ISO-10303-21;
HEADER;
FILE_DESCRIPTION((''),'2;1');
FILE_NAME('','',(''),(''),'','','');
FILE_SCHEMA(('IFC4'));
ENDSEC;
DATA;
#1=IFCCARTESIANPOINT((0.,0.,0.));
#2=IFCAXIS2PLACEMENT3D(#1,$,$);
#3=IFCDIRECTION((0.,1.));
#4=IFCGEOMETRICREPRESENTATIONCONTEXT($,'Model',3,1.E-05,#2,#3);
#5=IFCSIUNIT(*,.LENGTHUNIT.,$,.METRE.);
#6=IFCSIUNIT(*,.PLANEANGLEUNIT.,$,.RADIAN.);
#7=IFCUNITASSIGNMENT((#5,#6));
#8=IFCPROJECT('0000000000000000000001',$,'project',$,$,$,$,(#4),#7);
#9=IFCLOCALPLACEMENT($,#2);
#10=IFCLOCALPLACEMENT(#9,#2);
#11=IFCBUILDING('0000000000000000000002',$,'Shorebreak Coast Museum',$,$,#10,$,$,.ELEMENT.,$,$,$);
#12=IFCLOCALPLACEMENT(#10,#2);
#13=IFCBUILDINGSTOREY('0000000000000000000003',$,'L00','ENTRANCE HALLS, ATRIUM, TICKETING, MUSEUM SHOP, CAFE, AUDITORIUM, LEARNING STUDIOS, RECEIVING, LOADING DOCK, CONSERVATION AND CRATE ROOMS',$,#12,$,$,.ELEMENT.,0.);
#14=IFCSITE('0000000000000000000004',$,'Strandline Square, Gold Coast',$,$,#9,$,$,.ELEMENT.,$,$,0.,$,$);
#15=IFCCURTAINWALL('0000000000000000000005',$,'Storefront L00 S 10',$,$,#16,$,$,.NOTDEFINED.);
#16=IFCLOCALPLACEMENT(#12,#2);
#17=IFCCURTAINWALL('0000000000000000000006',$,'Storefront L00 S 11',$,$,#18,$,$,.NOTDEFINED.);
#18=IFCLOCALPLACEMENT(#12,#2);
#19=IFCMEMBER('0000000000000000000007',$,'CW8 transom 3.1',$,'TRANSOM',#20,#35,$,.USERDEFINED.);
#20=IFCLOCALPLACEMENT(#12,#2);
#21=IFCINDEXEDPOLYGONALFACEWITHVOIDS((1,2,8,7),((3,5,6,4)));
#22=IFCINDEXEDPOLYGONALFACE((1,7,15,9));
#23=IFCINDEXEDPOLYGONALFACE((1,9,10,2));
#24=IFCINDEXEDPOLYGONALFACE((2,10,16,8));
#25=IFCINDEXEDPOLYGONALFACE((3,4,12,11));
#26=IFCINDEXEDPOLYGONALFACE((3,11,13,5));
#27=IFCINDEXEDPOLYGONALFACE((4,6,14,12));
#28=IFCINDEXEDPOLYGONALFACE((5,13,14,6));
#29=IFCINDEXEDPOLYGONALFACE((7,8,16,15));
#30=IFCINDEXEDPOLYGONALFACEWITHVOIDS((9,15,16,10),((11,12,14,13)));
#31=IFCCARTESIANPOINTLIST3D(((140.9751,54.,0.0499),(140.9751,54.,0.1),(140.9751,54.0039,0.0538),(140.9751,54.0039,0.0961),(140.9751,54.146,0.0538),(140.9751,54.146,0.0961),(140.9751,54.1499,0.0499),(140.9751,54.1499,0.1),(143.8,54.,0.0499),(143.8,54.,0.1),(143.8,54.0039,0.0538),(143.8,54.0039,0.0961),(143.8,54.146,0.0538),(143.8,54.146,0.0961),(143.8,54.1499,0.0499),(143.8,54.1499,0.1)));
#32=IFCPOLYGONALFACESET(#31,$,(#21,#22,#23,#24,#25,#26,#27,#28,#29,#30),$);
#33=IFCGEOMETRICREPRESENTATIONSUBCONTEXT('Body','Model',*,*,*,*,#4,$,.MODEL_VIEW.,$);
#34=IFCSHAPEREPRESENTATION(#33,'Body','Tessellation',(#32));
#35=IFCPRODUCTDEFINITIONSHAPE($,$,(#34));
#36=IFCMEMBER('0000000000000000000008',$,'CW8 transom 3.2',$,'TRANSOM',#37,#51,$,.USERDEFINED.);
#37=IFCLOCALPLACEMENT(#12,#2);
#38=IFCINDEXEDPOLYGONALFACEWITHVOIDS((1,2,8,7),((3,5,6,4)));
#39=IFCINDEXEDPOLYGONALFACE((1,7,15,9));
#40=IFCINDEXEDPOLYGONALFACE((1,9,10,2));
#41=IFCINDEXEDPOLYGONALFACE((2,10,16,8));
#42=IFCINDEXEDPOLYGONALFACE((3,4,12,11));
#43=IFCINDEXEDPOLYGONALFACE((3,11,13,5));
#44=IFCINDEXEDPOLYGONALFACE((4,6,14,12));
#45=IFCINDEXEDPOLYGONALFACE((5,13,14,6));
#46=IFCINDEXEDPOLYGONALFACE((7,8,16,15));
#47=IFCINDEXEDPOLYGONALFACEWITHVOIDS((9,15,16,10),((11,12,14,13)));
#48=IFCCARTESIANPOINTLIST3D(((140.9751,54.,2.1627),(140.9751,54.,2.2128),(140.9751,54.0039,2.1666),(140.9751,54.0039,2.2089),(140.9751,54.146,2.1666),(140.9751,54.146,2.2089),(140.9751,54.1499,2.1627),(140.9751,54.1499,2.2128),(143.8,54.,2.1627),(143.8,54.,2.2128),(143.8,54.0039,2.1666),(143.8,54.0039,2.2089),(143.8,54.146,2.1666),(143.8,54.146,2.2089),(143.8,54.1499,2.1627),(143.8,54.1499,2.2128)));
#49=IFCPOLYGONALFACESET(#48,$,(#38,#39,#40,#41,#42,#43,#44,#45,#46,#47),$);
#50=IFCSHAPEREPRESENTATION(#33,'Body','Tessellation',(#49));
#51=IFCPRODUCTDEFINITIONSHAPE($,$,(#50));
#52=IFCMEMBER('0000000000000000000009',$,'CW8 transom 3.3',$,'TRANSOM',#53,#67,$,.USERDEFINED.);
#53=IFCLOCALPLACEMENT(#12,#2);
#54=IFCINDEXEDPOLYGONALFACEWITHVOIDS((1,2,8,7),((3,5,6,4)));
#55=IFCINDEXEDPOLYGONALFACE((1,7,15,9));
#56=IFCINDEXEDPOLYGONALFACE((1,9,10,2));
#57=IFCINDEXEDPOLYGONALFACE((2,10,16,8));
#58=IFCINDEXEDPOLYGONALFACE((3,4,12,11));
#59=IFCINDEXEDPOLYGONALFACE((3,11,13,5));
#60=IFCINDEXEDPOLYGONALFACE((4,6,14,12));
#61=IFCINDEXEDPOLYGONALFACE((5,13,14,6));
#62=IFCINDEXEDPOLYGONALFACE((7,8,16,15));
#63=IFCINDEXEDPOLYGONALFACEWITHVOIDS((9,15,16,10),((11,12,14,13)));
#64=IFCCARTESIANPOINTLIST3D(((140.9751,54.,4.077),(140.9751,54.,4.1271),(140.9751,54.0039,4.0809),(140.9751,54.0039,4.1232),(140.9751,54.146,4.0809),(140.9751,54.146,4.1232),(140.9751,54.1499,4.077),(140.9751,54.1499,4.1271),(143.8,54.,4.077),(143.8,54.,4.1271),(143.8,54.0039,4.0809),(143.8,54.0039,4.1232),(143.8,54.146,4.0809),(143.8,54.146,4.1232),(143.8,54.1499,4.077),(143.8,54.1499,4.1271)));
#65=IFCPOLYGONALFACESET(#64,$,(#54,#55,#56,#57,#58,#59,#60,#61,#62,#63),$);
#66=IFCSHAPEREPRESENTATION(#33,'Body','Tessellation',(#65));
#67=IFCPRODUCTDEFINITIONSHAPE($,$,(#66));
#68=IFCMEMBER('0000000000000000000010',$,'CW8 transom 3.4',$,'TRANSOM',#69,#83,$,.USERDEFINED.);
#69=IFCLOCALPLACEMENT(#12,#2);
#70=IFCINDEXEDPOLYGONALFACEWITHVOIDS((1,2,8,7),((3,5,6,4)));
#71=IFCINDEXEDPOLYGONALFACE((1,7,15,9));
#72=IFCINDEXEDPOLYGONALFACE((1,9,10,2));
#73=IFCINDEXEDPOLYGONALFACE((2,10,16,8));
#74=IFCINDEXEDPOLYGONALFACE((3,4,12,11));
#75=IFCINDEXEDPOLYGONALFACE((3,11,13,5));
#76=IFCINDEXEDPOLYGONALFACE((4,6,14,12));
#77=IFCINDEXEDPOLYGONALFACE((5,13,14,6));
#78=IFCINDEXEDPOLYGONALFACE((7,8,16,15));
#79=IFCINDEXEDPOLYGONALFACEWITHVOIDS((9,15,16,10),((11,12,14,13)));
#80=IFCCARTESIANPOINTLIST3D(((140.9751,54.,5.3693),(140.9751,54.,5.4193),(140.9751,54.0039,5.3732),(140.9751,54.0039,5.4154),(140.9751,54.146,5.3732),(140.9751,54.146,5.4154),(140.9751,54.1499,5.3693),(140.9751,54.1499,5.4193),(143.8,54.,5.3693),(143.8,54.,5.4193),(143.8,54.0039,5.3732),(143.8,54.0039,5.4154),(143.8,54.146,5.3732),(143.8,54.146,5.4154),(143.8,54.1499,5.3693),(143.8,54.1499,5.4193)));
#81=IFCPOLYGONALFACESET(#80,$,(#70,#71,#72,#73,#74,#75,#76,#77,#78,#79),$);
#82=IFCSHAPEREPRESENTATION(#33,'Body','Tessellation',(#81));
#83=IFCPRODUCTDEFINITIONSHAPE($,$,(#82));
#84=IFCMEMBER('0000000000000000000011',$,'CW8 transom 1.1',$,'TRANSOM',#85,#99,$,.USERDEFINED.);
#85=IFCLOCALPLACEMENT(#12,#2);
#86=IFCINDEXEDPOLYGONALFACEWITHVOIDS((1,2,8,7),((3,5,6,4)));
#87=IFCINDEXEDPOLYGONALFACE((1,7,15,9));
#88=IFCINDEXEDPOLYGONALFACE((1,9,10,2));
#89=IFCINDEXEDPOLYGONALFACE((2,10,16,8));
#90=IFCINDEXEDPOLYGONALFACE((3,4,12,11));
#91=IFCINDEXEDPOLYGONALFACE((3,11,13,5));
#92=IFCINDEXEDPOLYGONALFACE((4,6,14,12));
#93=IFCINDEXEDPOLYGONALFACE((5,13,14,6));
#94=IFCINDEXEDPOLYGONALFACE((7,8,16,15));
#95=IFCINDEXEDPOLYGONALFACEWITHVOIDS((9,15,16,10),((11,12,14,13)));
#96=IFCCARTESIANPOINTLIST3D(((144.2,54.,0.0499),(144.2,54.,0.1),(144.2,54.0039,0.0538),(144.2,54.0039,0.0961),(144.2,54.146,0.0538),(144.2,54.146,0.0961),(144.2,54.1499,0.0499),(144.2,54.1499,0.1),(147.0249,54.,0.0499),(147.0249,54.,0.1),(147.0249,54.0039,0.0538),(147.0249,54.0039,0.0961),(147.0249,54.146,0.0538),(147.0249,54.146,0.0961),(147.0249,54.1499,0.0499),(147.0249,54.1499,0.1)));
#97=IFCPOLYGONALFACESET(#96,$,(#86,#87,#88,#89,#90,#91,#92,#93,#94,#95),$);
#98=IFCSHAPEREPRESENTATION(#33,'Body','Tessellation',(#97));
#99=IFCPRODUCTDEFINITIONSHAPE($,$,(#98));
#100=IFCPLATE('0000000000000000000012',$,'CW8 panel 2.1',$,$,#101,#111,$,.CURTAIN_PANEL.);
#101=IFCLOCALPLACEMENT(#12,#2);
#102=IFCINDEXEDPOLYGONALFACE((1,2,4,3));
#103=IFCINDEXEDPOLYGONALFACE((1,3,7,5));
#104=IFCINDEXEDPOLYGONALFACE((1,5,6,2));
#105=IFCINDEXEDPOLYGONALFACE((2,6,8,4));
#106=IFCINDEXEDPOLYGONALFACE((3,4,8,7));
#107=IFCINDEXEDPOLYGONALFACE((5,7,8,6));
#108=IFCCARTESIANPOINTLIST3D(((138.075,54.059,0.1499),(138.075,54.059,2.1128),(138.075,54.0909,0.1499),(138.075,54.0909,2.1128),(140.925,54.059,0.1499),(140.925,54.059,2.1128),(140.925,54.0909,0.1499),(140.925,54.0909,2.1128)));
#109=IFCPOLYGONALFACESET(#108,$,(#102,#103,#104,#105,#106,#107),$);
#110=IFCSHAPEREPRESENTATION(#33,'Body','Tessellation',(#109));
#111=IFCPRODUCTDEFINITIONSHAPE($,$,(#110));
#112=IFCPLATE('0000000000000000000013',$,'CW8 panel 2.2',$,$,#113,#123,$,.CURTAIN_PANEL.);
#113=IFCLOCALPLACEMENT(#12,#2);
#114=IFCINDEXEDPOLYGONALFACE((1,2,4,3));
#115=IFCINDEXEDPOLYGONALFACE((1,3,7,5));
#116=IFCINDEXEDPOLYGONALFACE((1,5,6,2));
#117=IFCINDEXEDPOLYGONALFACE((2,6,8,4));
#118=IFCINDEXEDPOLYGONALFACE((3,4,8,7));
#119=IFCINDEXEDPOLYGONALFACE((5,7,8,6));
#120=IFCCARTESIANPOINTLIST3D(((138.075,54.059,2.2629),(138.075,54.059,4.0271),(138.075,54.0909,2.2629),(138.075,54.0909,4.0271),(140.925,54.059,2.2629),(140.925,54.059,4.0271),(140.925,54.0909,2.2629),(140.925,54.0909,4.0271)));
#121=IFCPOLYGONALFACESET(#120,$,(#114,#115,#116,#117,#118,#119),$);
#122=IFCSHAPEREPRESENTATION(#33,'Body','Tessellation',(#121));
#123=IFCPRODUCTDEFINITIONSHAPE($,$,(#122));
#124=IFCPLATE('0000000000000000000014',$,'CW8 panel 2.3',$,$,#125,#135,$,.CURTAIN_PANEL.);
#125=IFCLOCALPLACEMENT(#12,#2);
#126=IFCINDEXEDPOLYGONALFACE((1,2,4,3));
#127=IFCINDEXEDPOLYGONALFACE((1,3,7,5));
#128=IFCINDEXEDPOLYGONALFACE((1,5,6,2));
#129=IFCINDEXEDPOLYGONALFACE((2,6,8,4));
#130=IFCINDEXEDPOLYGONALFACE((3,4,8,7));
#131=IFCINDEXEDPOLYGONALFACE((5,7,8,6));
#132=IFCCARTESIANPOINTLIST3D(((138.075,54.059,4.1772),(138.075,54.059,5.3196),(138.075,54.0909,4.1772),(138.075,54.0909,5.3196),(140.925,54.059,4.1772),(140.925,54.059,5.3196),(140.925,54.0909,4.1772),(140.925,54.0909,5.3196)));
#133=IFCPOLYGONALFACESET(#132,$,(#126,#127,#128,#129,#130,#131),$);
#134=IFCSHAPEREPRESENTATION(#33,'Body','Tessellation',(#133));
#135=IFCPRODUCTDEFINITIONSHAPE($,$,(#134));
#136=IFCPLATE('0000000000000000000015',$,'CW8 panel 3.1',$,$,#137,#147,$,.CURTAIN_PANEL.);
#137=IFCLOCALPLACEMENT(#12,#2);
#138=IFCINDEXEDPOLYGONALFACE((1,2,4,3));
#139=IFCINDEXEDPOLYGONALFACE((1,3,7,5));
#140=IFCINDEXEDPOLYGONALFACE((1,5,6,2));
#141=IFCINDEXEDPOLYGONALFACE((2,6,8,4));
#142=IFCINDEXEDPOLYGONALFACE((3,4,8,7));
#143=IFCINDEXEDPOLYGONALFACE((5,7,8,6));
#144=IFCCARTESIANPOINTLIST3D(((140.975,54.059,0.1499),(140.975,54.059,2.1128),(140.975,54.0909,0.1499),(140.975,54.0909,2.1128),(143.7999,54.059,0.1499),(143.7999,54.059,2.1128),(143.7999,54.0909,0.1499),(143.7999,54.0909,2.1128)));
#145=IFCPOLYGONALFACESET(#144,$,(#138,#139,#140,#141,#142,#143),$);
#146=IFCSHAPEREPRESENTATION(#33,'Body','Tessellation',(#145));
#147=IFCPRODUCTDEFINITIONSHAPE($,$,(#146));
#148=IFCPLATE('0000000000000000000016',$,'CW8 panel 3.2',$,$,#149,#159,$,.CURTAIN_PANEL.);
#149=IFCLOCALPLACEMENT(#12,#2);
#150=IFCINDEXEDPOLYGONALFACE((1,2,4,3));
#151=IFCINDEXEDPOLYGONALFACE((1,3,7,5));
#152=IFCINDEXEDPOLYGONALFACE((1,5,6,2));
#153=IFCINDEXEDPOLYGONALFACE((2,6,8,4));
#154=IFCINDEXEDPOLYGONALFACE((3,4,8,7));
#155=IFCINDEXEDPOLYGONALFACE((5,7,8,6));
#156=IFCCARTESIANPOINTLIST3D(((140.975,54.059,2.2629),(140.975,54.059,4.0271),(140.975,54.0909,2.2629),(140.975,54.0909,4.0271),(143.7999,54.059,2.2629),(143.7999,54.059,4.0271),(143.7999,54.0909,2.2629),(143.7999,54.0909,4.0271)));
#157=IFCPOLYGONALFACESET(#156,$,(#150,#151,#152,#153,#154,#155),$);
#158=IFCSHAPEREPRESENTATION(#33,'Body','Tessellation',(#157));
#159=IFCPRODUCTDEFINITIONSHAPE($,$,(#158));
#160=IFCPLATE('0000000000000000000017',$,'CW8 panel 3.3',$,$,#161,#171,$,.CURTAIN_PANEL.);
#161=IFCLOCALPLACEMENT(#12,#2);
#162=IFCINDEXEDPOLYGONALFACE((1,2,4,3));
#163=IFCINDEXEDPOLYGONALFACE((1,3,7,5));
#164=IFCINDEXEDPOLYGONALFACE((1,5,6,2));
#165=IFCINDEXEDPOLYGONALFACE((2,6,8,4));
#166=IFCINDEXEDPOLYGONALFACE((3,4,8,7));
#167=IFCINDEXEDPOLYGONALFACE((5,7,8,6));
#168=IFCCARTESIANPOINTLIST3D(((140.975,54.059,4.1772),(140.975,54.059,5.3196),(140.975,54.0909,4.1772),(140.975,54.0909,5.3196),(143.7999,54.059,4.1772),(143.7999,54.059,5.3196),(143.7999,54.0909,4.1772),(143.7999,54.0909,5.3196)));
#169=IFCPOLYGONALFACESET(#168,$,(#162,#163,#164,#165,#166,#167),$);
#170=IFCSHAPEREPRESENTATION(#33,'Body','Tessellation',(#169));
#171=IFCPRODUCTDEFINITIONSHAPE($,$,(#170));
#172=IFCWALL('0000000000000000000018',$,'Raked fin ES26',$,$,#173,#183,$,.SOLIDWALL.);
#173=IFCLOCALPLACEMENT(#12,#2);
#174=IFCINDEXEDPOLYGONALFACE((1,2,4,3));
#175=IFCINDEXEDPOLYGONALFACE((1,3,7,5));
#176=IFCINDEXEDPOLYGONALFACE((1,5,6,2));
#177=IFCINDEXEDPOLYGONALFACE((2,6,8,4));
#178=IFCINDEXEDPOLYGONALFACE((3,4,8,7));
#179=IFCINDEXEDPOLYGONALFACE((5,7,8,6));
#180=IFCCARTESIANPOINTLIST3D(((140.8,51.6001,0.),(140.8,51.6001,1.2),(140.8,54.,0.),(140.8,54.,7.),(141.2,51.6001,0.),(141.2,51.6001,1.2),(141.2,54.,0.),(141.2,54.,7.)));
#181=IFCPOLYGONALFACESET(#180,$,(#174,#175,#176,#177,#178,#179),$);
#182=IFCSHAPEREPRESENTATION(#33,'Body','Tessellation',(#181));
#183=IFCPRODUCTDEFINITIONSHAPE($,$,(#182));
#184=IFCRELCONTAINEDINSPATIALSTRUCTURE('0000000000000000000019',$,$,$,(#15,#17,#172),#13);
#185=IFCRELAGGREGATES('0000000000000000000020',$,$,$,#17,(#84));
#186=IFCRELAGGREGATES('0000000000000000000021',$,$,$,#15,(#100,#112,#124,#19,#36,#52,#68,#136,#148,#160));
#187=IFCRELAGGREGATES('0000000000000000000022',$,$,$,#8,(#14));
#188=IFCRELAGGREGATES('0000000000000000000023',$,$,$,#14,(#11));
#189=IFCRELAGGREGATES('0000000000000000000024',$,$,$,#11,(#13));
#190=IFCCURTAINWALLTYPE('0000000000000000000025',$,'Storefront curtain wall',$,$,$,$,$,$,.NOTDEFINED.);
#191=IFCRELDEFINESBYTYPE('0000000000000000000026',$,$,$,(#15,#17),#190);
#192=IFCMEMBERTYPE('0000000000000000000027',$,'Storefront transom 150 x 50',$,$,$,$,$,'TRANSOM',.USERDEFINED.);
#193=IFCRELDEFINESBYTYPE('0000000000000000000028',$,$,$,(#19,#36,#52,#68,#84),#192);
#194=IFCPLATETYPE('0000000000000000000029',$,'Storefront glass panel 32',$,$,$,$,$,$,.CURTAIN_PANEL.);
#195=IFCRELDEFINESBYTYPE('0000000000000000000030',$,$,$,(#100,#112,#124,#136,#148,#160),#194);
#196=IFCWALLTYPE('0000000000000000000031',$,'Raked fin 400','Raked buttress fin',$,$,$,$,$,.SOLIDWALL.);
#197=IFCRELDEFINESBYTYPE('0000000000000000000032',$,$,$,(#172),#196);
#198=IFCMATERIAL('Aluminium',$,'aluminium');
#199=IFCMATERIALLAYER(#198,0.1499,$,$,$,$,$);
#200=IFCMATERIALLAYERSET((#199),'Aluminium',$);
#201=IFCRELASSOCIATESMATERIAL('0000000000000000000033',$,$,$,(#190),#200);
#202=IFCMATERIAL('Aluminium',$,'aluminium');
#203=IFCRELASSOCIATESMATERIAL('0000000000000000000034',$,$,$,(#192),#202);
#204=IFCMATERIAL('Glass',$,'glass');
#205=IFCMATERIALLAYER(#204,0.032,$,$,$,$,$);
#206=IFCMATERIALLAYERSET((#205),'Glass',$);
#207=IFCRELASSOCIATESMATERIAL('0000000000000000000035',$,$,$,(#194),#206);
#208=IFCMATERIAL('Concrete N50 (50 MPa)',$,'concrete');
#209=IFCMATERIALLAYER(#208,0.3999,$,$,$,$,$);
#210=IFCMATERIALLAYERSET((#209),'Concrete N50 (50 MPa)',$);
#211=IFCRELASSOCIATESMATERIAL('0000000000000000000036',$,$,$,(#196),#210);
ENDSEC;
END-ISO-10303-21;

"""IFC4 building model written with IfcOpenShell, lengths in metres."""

from ifc_helpers import new_model, si_unit, direction, frame, origin, origin_2d, place, context, subcontext, project, spatial, polyline, rectangle, hollow_rectangle, outline, extrude, material, layer, layer_set, material_profile, profile_set, type_object, element, aggregate, save


model = new_model("IFC4")

# Units and contexts
model_context = context("Model", 3, precision=1e-05, world=origin(), true_north=direction((0.0, 1.0)))
body_context = subcontext(model_context, "Body", "Model", "MODEL_VIEW")
ifc_project = project(units=[si_unit("LENGTHUNIT", "METRE"), si_unit("PLANEANGLEUNIT", "RADIAN")], contexts=[model_context])

# Site, building, storey
site_placement = place(None, origin())
site = spatial("IfcSite", under=ifc_project, at=site_placement, Name="Strandline Square, Gold Coast", CompositionType="ELEMENT", RefElevation=0.0)
building_placement = place(site_placement, origin())
building = spatial("IfcBuilding", under=site, at=building_placement, Name="Shorebreak Coast Museum", CompositionType="ELEMENT")
storey_placement = place(building_placement, origin())
storey = spatial("IfcBuildingStorey", under=building, at=storey_placement, Name="L00", Description="ENTRANCE HALLS, ATRIUM, TICKETING, MUSEUM SHOP, CAFE, AUDITORIUM, LEARNING STUDIOS, RECEIVING, LOADING DOCK, CONSERVATION AND CRATE ROOMS", CompositionType="ELEMENT", Elevation=0.0)

# Curtain wall
ifc_material_1 = material(Name="Aluminium", Category="aluminium")
ifc_layer_1 = layer(ifc_material_1, 0.1499)
ifc_layer_set_1 = layer_set([ifc_layer_1], Name="Aluminium")
curtain_wall_type = type_object("IfcCurtainWallType", Name="Storefront curtain wall", PredefinedType="NOTDEFINED", material=ifc_layer_set_1)
curtain_wall_1_placement = place(storey_placement, origin())
curtain_wall_1 = element("IfcCurtainWall", 1, at=curtain_wall_1_placement, inside=storey, type_object=curtain_wall_type, Name="Storefront L00 S 10", PredefinedType="NOTDEFINED")

# Curtain wall
curtain_wall_2_placement = place(storey_placement, origin())
curtain_wall_2 = element("IfcCurtainWall", 2, at=curtain_wall_2_placement, inside=storey, type_object=curtain_wall_type, Name="Storefront L00 S 11", PredefinedType="NOTDEFINED")

# Members
ifc_material_2 = material(Name="Aluminium", Category="aluminium")
ifc_material_profile_1 = material_profile(ifc_material_2, hollow_rectangle(XDim=0.1499, YDim=0.05, WallThickness=0.0039, at=origin_2d()), Name="AL 50x150 RHS")
ifc_profile_set_1 = profile_set([ifc_material_profile_1], Name="Aluminium")
member_type_1 = type_object("IfcMemberType", Name="Storefront transom 150 x 50", ElementType="TRANSOM", PredefinedType="USERDEFINED", material=ifc_profile_set_1)
member_1_placement = place(storey_placement, frame((140.9751, 54.075, 0.075), z_axis=(1.0, 0.0, 0.0), x_axis=(0.0, 1.0, 0.0)))
member_1 = element("IfcMember", 3, at=member_1_placement, type_object=member_type_1, Name="CW8 transom 3.1", ObjectType="TRANSOM", PredefinedType="USERDEFINED", context=body_context, shape_type="SweptSolid", body=[
    extrude(hollow_rectangle(XDim=0.1499, YDim=0.05, WallThickness=0.0039, at=origin_2d()), origin(), (0.0, 0.0, 1.0), 2.825),
])
member_2_placement = place(storey_placement, frame((140.9751, 54.075, 2.1877), z_axis=(1.0, 0.0, 0.0), x_axis=(0.0, 1.0, 0.0)))
member_2 = element("IfcMember", 4, at=member_2_placement, type_object=member_type_1, Name="CW8 transom 3.2", ObjectType="TRANSOM", PredefinedType="USERDEFINED", context=body_context, shape_type="SweptSolid", body=[
    extrude(hollow_rectangle(XDim=0.1499, YDim=0.05, WallThickness=0.0039, at=origin_2d()), origin(), (0.0, 0.0, 1.0), 2.825),
])
member_3_placement = place(storey_placement, frame((140.9751, 54.075, 4.1021), z_axis=(1.0, 0.0, 0.0), x_axis=(0.0, 1.0, 0.0)))
member_3 = element("IfcMember", 5, at=member_3_placement, type_object=member_type_1, Name="CW8 transom 3.3", ObjectType="TRANSOM", PredefinedType="USERDEFINED", context=body_context, shape_type="SweptSolid", body=[
    extrude(hollow_rectangle(XDim=0.1499, YDim=0.05, WallThickness=0.0039, at=origin_2d()), origin(), (0.0, 0.0, 1.0), 2.825),
])
member_4_placement = place(storey_placement, frame((140.9751, 54.075, 5.3943), z_axis=(1.0, 0.0, 0.0), x_axis=(0.0, 1.0, 0.0)))
member_4 = element("IfcMember", 6, at=member_4_placement, type_object=member_type_1, Name="CW8 transom 3.4", ObjectType="TRANSOM", PredefinedType="USERDEFINED", context=body_context, shape_type="SweptSolid", body=[
    extrude(hollow_rectangle(XDim=0.1499, YDim=0.05, WallThickness=0.0039, at=origin_2d()), origin(), (0.0, 0.0, 1.0), 2.825),
])
member_5_placement = place(storey_placement, frame((144.2, 54.075, 0.075), z_axis=(1.0, 0.0, 0.0), x_axis=(0.0, 1.0, 0.0)))
member_5 = element("IfcMember", 7, at=member_5_placement, type_object=member_type_1, Name="CW8 transom 1.1", ObjectType="TRANSOM", PredefinedType="USERDEFINED", context=body_context, shape_type="SweptSolid", body=[
    extrude(hollow_rectangle(XDim=0.1499, YDim=0.05, WallThickness=0.0039, at=origin_2d()), origin(), (0.0, 0.0, 1.0), 2.825),
])
aggregate(curtain_wall_2, [member_5])

# Plates
ifc_material_3 = material(Name="Glass", Category="glass")
ifc_layer_2 = layer(ifc_material_3, 0.032)
ifc_layer_set_2 = layer_set([ifc_layer_2], Name="Glass")
plate_type = type_object("IfcPlateType", Name="Storefront glass panel 32", PredefinedType="CURTAIN_PANEL", material=ifc_layer_set_2)
plate_1_placement = place(storey_placement, frame((139.5, 54.075, 0.1499), z_axis=(0.0, 0.0, 1.0), x_axis=(1.0, 0.0, 0.0)))
plate_1 = element("IfcPlate", 8, at=plate_1_placement, type_object=plate_type, Name="CW8 panel 2.1", PredefinedType="CURTAIN_PANEL", context=body_context, shape_type="SweptSolid", body=[
    extrude(rectangle(XDim=2.8501, YDim=0.032, at=origin_2d()), origin(), (0.0, 0.0, 1.0), 1.9629),
])
plate_2_placement = place(storey_placement, frame((139.5, 54.075, 2.2629), z_axis=(0.0, 0.0, 1.0), x_axis=(1.0, 0.0, 0.0)))
plate_2 = element("IfcPlate", 9, at=plate_2_placement, type_object=plate_type, Name="CW8 panel 2.2", PredefinedType="CURTAIN_PANEL", context=body_context, shape_type="SweptSolid", body=[
    extrude(rectangle(XDim=2.8501, YDim=0.032, at=origin_2d()), origin(), (0.0, 0.0, 1.0), 1.7642),
])
plate_3_placement = place(storey_placement, frame((139.5, 54.075, 4.1772), z_axis=(0.0, 0.0, 1.0), x_axis=(1.0, 0.0, 0.0)))
plate_3 = element("IfcPlate", 10, at=plate_3_placement, type_object=plate_type, Name="CW8 panel 2.3", PredefinedType="CURTAIN_PANEL", context=body_context, shape_type="SweptSolid", body=[
    extrude(rectangle(XDim=2.8501, YDim=0.032, at=origin_2d()), origin(), (0.0, 0.0, 1.0), 1.1423),
])
plate_4_placement = place(storey_placement, frame((142.3875, 54.075, 0.1499), z_axis=(0.0, 0.0, 1.0), x_axis=(1.0, 0.0, 0.0)))
plate_4 = element("IfcPlate", 11, at=plate_4_placement, type_object=plate_type, Name="CW8 panel 3.1", PredefinedType="CURTAIN_PANEL", context=body_context, shape_type="SweptSolid", body=[
    extrude(rectangle(XDim=2.825, YDim=0.032, at=origin_2d()), origin(), (0.0, 0.0, 1.0), 1.9629),
])
plate_5_placement = place(storey_placement, frame((142.3875, 54.075, 2.2629), z_axis=(0.0, 0.0, 1.0), x_axis=(1.0, 0.0, 0.0)))
plate_5 = element("IfcPlate", 12, at=plate_5_placement, type_object=plate_type, Name="CW8 panel 3.2", PredefinedType="CURTAIN_PANEL", context=body_context, shape_type="SweptSolid", body=[
    extrude(rectangle(XDim=2.825, YDim=0.032, at=origin_2d()), origin(), (0.0, 0.0, 1.0), 1.7642),
])
plate_6_placement = place(storey_placement, frame((142.3875, 54.075, 4.1772), z_axis=(0.0, 0.0, 1.0), x_axis=(1.0, 0.0, 0.0)))
plate_6 = element("IfcPlate", 13, at=plate_6_placement, type_object=plate_type, Name="CW8 panel 3.3", PredefinedType="CURTAIN_PANEL", context=body_context, shape_type="SweptSolid", body=[
    extrude(rectangle(XDim=2.825, YDim=0.032, at=origin_2d()), origin(), (0.0, 0.0, 1.0), 1.1423),
])
aggregate(curtain_wall_1, [plate_1, plate_2, plate_3, member_1, member_2, member_3, member_4, plate_4, plate_5, plate_6])

# Wall
ifc_material_4 = material(Name="Concrete N50 (50 MPa)", Category="concrete")
ifc_layer_3 = layer(ifc_material_4, 0.3999)
ifc_layer_set_3 = layer_set([ifc_layer_3], Name="Concrete N50 (50 MPa)")
wall_type = type_object("IfcWallType", Name="Raked fin 400", Description="Raked buttress fin", PredefinedType="SOLIDWALL", material=ifc_layer_set_3)
wall_placement = place(storey_placement, frame((141.0, 54.0, 0.0), z_axis=(0.0, 0.0, 1.0), x_axis=(0.0, -1.0, 0.0)))
element("IfcWall", 14, at=wall_placement, inside=storey, type_object=wall_type, Name="Raked fin ES26", PredefinedType="SOLIDWALL", context=body_context, shape_type="SweptSolid", body=[
    extrude(outline(polyline([(0.0, 0.0), (2.3999, 0.0), (2.3999, 1.2), (0.0, 7.0), (0.0, 0.0)])), frame((0.0, 0.2, 0.0), z_axis=(0.0, -1.0, 0.0), x_axis=(1.0, 0.0, 0.0)), (0.0, 0.0, 1.0), 0.3999),
])

save(model, "model.ifc")
